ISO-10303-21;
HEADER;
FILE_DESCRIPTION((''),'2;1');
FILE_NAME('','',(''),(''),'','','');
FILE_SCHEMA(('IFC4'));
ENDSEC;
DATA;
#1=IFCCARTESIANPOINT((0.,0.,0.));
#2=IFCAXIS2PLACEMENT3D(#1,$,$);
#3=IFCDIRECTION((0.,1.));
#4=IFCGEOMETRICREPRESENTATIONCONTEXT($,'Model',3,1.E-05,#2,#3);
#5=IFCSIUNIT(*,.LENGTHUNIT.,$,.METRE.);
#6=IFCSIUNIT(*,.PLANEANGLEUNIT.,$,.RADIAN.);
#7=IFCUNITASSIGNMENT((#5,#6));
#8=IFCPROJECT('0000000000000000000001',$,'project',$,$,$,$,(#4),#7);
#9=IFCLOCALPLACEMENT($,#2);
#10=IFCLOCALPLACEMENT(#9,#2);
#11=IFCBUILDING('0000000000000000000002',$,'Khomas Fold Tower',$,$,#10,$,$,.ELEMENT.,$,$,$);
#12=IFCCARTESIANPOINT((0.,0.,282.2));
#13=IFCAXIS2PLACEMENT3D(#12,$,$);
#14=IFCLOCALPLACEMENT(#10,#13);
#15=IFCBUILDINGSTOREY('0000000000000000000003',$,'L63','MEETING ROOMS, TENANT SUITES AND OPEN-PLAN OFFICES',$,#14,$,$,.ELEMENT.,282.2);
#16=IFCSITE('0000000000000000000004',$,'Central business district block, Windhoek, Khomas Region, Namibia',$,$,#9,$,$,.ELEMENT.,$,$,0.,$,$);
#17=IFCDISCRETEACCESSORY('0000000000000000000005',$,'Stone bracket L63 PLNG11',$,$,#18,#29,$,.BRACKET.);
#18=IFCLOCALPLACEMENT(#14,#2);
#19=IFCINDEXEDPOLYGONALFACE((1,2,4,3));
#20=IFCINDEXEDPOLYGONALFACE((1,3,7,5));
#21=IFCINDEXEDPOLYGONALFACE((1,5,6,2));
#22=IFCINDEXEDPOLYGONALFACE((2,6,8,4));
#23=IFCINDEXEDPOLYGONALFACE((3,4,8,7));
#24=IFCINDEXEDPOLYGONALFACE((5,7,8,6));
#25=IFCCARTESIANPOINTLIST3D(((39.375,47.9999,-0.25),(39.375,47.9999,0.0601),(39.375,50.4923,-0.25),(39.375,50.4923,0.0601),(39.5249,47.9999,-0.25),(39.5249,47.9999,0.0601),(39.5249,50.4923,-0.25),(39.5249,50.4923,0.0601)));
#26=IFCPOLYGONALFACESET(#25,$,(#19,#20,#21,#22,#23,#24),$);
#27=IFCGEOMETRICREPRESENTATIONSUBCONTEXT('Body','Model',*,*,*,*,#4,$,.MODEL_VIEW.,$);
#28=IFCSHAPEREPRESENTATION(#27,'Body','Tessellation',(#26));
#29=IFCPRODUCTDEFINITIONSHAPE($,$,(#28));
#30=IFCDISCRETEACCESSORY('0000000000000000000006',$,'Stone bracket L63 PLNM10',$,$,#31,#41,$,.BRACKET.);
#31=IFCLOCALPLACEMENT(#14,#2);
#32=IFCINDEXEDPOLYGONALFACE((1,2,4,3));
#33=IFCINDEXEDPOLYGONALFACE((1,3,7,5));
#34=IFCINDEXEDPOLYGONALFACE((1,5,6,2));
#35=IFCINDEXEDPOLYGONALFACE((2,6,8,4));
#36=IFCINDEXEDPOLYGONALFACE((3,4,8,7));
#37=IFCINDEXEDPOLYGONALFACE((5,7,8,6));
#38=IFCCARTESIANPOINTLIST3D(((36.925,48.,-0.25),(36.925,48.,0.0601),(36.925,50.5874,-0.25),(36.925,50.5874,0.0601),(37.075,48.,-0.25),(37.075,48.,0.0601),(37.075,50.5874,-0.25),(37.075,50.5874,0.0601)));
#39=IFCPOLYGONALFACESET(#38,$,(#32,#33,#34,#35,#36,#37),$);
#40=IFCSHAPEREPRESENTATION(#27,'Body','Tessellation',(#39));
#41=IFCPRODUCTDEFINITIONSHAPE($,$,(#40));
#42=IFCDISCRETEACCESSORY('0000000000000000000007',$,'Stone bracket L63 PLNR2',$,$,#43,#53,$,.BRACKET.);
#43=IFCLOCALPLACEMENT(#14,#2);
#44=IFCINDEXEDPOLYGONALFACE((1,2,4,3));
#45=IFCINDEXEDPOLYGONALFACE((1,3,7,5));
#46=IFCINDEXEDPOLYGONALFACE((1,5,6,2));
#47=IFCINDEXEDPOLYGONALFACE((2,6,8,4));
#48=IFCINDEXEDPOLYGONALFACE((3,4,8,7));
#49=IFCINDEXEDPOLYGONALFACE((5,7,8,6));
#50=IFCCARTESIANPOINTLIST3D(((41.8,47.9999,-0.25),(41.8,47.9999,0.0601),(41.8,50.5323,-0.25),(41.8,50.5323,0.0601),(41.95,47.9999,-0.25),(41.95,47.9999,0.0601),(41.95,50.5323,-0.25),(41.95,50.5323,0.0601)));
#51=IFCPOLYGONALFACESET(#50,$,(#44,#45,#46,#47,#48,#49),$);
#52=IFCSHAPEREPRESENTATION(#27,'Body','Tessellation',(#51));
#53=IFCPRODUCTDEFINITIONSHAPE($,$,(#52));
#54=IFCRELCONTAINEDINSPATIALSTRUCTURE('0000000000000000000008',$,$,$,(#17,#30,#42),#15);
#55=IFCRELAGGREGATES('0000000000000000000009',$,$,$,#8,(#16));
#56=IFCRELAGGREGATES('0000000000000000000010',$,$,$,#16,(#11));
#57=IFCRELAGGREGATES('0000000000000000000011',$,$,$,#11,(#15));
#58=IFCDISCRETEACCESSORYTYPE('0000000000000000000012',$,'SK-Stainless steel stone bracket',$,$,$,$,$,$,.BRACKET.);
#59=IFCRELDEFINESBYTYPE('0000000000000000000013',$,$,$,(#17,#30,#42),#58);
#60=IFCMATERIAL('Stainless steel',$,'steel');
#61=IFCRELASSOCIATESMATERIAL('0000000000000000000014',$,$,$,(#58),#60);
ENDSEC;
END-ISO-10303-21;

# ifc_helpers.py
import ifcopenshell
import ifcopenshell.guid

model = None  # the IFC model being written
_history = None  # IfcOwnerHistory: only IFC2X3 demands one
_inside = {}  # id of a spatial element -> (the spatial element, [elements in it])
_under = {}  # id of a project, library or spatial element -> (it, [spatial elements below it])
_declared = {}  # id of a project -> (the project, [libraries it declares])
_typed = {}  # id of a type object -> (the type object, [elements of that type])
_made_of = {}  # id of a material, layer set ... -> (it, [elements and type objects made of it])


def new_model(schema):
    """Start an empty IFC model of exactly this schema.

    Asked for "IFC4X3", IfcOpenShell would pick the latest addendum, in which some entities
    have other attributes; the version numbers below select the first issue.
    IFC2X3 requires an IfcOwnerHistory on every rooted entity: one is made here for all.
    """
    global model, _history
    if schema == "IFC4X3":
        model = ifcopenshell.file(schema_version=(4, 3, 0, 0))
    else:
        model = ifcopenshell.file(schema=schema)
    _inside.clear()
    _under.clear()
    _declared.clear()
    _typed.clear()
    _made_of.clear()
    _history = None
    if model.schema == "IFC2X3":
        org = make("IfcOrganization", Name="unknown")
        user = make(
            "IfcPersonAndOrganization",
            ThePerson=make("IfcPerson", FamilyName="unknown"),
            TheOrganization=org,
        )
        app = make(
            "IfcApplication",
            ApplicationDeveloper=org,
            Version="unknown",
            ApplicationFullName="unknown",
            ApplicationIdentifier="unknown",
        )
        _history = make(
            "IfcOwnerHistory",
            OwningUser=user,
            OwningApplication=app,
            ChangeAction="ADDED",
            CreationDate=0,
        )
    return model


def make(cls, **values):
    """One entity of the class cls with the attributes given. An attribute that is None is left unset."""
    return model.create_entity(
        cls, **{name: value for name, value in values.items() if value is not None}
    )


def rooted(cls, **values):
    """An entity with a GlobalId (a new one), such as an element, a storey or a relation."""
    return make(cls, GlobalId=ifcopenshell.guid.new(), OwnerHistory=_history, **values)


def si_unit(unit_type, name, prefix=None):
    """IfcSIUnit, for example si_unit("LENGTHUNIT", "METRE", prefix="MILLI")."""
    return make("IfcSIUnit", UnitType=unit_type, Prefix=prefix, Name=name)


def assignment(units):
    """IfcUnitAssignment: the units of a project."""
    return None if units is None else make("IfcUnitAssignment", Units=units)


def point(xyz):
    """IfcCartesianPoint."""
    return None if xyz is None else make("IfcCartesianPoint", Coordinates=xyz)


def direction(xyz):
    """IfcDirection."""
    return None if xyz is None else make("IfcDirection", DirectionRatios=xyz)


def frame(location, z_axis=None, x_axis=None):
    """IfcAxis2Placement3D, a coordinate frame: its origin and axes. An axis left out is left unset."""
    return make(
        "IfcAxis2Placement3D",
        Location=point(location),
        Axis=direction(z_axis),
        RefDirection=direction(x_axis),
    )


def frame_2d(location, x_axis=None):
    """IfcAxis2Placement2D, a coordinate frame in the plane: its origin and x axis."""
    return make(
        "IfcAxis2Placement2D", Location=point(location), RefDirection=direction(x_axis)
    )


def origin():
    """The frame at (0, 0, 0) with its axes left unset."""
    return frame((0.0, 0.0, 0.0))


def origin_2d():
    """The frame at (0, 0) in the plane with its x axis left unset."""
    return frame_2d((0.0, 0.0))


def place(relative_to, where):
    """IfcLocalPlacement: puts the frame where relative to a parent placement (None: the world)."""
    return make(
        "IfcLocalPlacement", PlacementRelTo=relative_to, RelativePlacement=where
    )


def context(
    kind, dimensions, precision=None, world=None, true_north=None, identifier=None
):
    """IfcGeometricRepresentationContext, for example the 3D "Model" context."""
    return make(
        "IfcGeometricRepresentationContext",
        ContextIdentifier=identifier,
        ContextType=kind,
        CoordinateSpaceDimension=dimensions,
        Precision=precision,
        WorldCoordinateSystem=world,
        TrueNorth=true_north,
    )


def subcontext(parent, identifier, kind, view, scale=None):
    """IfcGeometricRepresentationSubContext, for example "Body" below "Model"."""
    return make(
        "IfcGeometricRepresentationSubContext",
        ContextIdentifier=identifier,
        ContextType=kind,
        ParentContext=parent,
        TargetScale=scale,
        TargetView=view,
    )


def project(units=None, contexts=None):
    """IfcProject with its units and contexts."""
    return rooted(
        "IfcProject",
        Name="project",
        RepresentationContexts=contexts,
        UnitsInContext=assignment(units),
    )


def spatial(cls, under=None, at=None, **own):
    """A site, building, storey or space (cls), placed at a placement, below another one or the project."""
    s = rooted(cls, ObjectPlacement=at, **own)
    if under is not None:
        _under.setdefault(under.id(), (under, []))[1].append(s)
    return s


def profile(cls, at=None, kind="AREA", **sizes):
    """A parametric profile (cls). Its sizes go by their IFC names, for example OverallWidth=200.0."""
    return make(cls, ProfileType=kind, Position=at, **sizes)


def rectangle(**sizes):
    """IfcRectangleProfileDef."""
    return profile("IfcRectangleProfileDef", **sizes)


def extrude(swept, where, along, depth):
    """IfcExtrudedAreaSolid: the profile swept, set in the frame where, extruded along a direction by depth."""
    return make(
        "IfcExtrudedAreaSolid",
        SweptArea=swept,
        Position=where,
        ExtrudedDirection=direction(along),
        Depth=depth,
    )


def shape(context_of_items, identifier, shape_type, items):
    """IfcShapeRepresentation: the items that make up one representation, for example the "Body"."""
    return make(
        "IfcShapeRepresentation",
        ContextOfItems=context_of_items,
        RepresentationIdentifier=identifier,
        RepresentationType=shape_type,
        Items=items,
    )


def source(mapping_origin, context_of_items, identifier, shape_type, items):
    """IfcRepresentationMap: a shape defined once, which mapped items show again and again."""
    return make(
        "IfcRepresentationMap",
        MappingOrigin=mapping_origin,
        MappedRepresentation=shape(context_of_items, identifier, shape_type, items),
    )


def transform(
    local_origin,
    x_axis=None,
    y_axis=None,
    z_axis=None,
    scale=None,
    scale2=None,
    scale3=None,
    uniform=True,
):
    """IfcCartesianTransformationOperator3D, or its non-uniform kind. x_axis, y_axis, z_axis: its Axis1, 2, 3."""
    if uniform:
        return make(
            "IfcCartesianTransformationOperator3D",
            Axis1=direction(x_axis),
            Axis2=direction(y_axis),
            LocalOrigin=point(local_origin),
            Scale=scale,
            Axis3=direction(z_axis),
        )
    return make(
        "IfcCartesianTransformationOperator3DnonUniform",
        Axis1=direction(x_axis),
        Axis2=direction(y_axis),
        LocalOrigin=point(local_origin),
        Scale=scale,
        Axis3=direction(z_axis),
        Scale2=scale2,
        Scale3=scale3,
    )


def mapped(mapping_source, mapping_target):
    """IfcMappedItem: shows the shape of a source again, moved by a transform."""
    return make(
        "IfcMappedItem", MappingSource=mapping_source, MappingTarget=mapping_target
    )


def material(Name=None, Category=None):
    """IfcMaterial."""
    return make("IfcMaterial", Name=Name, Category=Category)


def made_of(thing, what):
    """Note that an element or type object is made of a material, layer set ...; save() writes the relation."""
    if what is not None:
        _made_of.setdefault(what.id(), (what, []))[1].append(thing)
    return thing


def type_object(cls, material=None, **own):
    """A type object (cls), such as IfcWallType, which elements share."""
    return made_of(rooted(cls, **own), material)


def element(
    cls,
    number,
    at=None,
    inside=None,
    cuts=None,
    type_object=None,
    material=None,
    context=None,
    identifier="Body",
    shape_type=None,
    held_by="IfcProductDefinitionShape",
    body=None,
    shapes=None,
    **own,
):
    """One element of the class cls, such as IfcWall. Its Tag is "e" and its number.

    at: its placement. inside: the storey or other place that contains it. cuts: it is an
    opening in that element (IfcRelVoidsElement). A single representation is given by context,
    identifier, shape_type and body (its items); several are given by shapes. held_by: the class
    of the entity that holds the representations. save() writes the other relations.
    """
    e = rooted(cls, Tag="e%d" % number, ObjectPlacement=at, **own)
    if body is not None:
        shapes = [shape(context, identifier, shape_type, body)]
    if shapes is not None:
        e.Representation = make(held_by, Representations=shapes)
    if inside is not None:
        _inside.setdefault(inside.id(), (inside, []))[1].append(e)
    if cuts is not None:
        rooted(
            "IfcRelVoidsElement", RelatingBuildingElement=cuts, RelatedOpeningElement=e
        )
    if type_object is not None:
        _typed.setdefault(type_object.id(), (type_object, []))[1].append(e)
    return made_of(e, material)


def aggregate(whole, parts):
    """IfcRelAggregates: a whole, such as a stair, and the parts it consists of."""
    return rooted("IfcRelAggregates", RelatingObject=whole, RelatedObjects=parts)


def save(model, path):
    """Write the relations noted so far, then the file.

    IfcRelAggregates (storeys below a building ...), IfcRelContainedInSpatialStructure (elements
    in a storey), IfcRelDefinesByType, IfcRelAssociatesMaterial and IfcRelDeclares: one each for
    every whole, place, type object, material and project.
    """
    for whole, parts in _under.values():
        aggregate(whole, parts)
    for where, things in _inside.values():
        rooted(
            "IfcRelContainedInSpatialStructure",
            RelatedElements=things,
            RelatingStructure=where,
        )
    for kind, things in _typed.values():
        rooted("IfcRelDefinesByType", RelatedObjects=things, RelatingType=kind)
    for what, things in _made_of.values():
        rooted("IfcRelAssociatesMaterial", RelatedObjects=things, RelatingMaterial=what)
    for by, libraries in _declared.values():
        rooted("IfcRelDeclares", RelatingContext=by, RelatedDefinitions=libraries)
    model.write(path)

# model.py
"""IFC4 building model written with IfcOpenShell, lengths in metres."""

from ifc_helpers import new_model, si_unit, direction, frame, origin, origin_2d, place, context, subcontext, project, spatial, rectangle, extrude, source, transform, mapped, material, type_object, element, save


model = new_model("IFC4")

# Units and contexts
model_context = context("Model", 3, precision=1e-05, world=origin(), true_north=direction((0.0, 1.0)))
body_context = subcontext(model_context, "Body", "Model", "MODEL_VIEW")
ifc_project = project(units=[si_unit("LENGTHUNIT", "METRE"), si_unit("PLANEANGLEUNIT", "RADIAN")], contexts=[model_context])

# Site, building, storey
site_placement = place(None, origin())
site = spatial("IfcSite", under=ifc_project, at=site_placement, Name="Central business district block, Windhoek, Khomas Region, Namibia", CompositionType="ELEMENT", RefElevation=0.0)
building_placement = place(site_placement, origin())
building = spatial("IfcBuilding", under=site, at=building_placement, Name="Khomas Fold Tower", CompositionType="ELEMENT")
storey_placement = place(building_placement, frame((0.0, 0.0, 282.2)))
storey = spatial("IfcBuildingStorey", under=building, at=storey_placement, Name="L63", Description="MEETING ROOMS, TENANT SUITES AND OPEN-PLAN OFFICES", CompositionType="ELEMENT", Elevation=282.2)

# Discrete accessories
ifc_material_1 = material(Name="Stainless steel", Category="steel")
discrete_accessory_type = type_object("IfcDiscreteAccessoryType", Name="SK-Stainless steel stone bracket", PredefinedType="BRACKET", material=ifc_material_1)
shared_shape_1 = source(origin(), body_context, "Body", "SweptSolid", [
    extrude(rectangle(XDim=2.4924, YDim=0.1499, at=origin_2d()), origin(), (0.0, 0.0, 1.0), 0.3101),
])
discrete_accessory_1_placement = place(storey_placement, frame((39.45, 49.2461, -0.25), z_axis=(0.0, 0.0, 1.0), x_axis=(0.0, 1.0, 0.0)))
element("IfcDiscreteAccessory", 1, at=discrete_accessory_1_placement, inside=storey, type_object=discrete_accessory_type, Name="Stone bracket L63 PLNG11", PredefinedType="BRACKET", context=body_context, shape_type="MappedRepresentation", body=[
    mapped(shared_shape_1, transform((0.0, 0.0, 0.0))),
])
shared_shape_2 = source(origin(), body_context, "Body", "SweptSolid", [
    extrude(rectangle(XDim=2.5874, YDim=0.1499, at=origin_2d()), origin(), (0.0, 0.0, 1.0), 0.3101),
])
discrete_accessory_2_placement = place(storey_placement, frame((37.0, 49.2937, -0.25), z_axis=(0.0, 0.0, 1.0), x_axis=(0.0, 1.0, 0.0)))
element("IfcDiscreteAccessory", 2, at=discrete_accessory_2_placement, inside=storey, type_object=discrete_accessory_type, Name="Stone bracket L63 PLNM10", PredefinedType="BRACKET", context=body_context, shape_type="MappedRepresentation", body=[
    mapped(shared_shape_2, transform((0.0, 0.0, 0.0))),
])
shared_shape_3 = source(origin(), body_context, "Body", "SweptSolid", [
    extrude(rectangle(XDim=2.5325, YDim=0.1499, at=origin_2d()), origin(), (0.0, 0.0, 1.0), 0.3101),
])
discrete_accessory_3_placement = place(storey_placement, frame((41.875, 49.2661, -0.25), z_axis=(0.0, 0.0, 1.0), x_axis=(0.0, 1.0, 0.0)))
element("IfcDiscreteAccessory", 3, at=discrete_accessory_3_placement, inside=storey, type_object=discrete_accessory_type, Name="Stone bracket L63 PLNR2", PredefinedType="BRACKET", context=body_context, shape_type="MappedRepresentation", body=[
    mapped(shared_shape_3, transform((0.0, 0.0, 0.0))),
])

save(model, "model.ifc")
